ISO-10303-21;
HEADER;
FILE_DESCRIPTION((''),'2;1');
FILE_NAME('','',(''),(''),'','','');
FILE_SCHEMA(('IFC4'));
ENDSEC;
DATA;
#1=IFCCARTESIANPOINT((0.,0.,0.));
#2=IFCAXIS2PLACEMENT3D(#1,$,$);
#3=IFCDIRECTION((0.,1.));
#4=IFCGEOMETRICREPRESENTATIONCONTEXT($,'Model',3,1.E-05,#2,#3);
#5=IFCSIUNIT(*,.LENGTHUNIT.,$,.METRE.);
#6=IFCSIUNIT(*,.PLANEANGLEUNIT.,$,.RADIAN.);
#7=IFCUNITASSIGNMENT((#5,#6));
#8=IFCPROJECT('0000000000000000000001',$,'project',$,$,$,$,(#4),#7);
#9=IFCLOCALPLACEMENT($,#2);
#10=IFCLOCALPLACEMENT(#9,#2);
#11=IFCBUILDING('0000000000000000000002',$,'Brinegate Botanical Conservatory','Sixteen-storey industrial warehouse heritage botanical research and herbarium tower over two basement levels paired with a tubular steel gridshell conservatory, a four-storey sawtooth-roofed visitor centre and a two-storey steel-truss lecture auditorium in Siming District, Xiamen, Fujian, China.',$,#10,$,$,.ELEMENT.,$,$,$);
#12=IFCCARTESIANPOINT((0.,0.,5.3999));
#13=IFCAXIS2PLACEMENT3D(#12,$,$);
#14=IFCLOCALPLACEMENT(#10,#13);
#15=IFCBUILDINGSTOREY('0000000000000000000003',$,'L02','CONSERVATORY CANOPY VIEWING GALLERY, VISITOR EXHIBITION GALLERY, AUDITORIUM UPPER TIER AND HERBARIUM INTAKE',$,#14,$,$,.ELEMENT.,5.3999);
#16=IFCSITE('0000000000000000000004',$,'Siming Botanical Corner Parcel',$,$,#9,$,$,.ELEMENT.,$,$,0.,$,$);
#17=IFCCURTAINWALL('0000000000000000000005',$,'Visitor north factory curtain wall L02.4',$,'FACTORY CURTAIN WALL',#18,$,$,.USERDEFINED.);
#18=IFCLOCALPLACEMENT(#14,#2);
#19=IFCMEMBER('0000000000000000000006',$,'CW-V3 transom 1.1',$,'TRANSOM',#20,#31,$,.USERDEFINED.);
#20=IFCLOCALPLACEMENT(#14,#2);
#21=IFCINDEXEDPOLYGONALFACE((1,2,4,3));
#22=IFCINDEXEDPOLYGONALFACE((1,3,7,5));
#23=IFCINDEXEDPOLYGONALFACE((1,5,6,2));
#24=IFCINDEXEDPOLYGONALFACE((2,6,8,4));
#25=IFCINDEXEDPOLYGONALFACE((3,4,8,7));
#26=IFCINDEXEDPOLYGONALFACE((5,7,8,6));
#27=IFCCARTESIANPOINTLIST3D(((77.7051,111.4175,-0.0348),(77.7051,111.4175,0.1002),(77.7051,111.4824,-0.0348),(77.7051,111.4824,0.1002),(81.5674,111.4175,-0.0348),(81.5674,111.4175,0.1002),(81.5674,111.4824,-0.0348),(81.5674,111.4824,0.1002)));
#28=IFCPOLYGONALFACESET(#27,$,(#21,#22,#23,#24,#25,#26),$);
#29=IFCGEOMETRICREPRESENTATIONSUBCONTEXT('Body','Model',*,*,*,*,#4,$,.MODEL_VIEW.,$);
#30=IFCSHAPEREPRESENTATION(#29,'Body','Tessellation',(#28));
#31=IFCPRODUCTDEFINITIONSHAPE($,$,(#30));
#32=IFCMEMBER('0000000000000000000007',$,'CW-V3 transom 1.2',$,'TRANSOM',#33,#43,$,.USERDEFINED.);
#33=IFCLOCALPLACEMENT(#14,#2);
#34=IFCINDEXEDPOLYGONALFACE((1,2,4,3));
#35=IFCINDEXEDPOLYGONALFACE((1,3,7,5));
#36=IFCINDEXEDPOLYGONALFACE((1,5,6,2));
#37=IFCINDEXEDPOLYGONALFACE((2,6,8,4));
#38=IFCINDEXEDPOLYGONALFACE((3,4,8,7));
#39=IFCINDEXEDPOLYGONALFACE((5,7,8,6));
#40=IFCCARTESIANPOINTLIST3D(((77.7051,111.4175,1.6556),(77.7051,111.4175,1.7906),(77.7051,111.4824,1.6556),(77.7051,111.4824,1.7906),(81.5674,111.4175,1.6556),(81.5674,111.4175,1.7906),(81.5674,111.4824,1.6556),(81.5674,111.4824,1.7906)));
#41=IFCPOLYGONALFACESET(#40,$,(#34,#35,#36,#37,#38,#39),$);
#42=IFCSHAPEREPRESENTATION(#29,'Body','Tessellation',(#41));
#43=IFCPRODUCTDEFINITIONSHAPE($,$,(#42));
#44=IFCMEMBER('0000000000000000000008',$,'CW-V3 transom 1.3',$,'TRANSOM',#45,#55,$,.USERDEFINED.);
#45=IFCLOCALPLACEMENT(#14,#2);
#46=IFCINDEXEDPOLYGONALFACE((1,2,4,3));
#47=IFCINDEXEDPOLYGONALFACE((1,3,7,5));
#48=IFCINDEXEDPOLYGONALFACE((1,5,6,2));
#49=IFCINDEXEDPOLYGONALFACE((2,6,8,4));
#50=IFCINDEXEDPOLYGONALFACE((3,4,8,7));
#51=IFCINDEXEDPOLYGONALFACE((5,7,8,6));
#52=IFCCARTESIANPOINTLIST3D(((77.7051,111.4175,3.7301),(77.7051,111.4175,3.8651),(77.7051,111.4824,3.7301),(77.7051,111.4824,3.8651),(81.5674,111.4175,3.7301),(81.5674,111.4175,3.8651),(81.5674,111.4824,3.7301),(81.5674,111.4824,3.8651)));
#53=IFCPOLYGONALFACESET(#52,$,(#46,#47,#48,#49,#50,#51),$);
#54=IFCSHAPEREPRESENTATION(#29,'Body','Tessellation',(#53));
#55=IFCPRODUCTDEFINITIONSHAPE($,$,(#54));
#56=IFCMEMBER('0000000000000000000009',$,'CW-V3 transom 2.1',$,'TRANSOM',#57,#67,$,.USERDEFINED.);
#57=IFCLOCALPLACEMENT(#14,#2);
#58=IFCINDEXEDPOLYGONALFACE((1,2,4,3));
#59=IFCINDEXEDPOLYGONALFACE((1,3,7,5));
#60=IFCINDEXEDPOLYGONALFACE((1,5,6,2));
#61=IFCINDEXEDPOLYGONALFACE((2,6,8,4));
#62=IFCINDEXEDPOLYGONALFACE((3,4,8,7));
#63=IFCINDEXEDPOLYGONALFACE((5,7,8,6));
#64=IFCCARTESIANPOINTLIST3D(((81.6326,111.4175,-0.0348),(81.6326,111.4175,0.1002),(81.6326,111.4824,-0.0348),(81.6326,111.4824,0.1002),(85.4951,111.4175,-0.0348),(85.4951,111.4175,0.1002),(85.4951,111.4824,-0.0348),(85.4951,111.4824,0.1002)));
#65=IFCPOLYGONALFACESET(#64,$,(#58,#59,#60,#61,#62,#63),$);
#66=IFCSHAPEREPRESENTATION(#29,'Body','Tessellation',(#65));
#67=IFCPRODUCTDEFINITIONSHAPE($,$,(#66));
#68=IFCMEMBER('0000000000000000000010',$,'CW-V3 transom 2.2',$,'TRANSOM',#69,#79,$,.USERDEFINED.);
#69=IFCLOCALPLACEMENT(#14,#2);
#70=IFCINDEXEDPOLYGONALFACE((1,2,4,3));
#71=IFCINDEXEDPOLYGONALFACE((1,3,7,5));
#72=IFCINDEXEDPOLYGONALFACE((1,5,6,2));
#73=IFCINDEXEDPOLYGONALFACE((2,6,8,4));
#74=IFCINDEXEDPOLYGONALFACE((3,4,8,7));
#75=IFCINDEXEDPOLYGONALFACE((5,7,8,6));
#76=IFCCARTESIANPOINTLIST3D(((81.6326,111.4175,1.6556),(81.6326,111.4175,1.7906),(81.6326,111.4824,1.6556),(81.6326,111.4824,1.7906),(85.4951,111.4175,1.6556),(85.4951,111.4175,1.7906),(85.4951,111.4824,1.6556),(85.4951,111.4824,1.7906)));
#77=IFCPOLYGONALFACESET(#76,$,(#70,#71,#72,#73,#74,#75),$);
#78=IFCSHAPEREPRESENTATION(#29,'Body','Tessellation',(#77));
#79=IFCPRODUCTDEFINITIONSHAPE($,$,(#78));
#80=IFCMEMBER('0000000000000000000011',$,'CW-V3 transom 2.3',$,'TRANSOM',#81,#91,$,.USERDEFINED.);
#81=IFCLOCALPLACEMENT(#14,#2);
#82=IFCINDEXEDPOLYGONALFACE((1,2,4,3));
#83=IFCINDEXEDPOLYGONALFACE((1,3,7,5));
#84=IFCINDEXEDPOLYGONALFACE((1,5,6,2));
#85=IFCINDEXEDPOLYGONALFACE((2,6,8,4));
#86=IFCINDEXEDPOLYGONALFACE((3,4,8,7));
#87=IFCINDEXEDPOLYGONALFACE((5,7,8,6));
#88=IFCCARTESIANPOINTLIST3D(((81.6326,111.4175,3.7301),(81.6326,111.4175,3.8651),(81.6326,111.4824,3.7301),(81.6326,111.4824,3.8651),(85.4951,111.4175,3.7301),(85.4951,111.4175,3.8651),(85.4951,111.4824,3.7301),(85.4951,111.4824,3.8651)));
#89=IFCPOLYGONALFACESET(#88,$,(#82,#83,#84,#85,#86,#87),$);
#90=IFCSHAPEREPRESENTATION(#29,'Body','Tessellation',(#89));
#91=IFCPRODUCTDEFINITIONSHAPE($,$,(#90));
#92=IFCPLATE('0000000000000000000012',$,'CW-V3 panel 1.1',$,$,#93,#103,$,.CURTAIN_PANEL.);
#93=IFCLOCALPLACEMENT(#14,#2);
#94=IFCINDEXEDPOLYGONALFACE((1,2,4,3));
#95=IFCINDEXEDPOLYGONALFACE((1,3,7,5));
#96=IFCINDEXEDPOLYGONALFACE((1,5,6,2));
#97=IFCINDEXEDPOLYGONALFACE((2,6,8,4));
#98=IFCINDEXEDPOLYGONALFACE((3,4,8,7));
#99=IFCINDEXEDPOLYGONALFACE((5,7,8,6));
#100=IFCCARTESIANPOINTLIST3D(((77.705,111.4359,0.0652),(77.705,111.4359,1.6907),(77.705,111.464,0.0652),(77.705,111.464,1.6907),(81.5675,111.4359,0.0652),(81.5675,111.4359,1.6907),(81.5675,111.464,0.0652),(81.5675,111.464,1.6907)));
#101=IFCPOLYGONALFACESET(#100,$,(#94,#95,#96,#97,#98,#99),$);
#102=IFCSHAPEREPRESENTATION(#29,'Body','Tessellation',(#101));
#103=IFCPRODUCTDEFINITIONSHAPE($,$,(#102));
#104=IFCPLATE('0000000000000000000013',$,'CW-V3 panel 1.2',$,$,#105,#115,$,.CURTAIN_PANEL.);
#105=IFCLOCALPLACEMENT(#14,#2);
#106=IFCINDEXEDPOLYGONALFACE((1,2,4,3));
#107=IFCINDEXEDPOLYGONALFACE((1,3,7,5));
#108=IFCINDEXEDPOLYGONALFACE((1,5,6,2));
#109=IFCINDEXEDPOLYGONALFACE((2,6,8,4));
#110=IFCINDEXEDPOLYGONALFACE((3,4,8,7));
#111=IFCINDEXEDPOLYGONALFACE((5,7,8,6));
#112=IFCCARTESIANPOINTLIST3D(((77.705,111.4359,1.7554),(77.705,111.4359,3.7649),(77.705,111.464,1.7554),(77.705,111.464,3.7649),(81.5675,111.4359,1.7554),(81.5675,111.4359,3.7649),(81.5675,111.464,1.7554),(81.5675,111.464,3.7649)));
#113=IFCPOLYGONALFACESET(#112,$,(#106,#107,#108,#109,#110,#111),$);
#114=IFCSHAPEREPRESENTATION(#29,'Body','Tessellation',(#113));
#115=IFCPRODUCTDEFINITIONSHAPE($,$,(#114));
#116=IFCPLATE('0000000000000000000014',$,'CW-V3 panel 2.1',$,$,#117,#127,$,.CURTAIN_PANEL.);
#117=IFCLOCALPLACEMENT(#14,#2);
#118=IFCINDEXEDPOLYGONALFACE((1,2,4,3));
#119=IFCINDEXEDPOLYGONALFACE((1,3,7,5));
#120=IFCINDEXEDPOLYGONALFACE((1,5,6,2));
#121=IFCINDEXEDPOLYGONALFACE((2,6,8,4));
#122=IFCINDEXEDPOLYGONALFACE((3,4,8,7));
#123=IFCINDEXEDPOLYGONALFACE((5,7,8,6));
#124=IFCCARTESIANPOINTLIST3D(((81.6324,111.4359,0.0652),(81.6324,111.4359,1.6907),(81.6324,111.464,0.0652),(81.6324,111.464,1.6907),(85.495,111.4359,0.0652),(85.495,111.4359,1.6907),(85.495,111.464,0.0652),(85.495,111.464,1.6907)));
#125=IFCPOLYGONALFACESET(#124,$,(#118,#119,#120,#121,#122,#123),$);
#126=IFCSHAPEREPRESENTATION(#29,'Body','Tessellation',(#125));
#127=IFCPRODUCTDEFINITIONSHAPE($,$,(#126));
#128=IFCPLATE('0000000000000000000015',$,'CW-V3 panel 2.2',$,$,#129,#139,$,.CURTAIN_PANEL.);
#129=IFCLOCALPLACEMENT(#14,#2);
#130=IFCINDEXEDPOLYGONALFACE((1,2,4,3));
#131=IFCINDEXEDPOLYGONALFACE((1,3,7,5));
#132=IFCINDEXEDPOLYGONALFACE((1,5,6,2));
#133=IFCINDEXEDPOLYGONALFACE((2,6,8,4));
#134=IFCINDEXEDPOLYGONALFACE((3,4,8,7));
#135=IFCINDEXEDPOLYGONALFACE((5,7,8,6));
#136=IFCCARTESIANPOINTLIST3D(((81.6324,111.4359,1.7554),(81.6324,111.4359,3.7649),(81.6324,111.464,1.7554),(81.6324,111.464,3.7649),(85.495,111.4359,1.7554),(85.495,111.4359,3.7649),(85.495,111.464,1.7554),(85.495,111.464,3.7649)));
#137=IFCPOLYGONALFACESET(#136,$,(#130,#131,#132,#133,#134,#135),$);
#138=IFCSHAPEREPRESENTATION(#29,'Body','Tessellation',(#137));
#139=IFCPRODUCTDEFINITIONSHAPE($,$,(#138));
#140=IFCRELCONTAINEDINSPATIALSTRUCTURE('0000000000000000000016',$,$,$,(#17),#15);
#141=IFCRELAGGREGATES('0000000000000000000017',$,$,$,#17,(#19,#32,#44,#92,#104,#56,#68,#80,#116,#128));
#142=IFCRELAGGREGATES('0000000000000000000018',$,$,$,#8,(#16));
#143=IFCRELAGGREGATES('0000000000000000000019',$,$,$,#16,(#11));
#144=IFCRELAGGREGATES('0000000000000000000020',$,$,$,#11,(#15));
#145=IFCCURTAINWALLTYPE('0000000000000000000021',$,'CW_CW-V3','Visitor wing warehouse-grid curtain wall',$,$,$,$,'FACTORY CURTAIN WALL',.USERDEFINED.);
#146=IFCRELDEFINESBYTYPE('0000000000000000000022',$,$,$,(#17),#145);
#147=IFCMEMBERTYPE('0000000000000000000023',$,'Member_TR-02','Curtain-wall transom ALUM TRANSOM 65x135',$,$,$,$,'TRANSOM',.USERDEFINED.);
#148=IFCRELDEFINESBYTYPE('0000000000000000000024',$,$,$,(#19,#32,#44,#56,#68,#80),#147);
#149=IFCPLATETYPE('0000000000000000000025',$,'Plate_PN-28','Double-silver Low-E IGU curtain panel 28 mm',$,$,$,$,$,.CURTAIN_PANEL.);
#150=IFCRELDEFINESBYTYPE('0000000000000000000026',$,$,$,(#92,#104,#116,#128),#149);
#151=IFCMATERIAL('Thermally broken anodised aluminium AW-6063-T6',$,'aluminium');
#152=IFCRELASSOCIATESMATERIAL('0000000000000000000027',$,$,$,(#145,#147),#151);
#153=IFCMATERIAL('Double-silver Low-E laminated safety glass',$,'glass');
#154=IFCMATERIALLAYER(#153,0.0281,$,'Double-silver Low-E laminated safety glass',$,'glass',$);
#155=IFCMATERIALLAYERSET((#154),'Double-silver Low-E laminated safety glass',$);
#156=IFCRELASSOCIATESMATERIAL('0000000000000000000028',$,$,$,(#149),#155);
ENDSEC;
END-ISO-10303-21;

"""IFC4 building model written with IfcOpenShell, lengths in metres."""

from ifc_helpers import new_model, si_unit, direction, frame, origin, origin_2d, place, context, subcontext, project, spatial, rectangle, extrude, material, layer, layer_set, material_profile, profile_set, type_object, element, aggregate, save


model = new_model("IFC4")

# Units and contexts
model_context = context("Model", 3, precision=1e-05, world=origin(), true_north=direction((0.0, 1.0)))
body_context = subcontext(model_context, "Body", "Model", "MODEL_VIEW")
ifc_project = project(units=[si_unit("LENGTHUNIT", "METRE"), si_unit("PLANEANGLEUNIT", "RADIAN")], contexts=[model_context])

# Site, building, storey
site_placement = place(None, origin())
site = spatial("IfcSite", under=ifc_project, at=site_placement, Name="Siming Botanical Corner Parcel", CompositionType="ELEMENT", RefElevation=0.0)
building_placement = place(site_placement, origin())
building = spatial("IfcBuilding", under=site, at=building_placement, Name="Brinegate Botanical Conservatory", Description="Sixteen-storey industrial warehouse heritage botanical research and herbarium tower over two basement levels paired with a tubular steel gridshell conservatory, a four-storey sawtooth-roofed visitor centre and a two-storey steel-truss lecture auditorium in Siming District, Xiamen, Fujian, China.", CompositionType="ELEMENT")
storey_placement = place(building_placement, frame((0.0, 0.0, 5.3999)))
storey = spatial("IfcBuildingStorey", under=building, at=storey_placement, Name="L02", Description="CONSERVATORY CANOPY VIEWING GALLERY, VISITOR EXHIBITION GALLERY, AUDITORIUM UPPER TIER AND HERBARIUM INTAKE", CompositionType="ELEMENT", Elevation=5.3999)

# Curtain wall, members, plates
ifc_material_1 = material(Name="Thermally broken anodised aluminium AW-6063-T6", Category="aluminium")
curtain_wall_type = type_object("IfcCurtainWallType", Name="CW_CW-V3", Description="Visitor wing warehouse-grid curtain wall", ElementType="FACTORY CURTAIN WALL", PredefinedType="USERDEFINED", material=ifc_material_1)
curtain_wall_placement = place(storey_placement, origin())
curtain_wall = element("IfcCurtainWall", 1, at=curtain_wall_placement, inside=storey, type_object=curtain_wall_type, Name="Visitor north factory curtain wall L02.4", ObjectType="FACTORY CURTAIN WALL", PredefinedType="USERDEFINED")
ifc_material_profile_1 = material_profile(ifc_material_1, rectangle(XDim=0.0649, YDim=0.135, at=origin_2d()), Name="ALUM TRANSOM 65x135")
ifc_profile_set_1 = profile_set([ifc_material_profile_1], Name="Thermally broken anodised aluminium AW-6063-T6")
member_type_1 = type_object("IfcMemberType", Name="Member_TR-02", Description="Curtain-wall transom ALUM TRANSOM 65x135", ElementType="TRANSOM", PredefinedType="USERDEFINED", material=ifc_profile_set_1)
member_1_placement = place(storey_placement, frame((77.7051, 111.45, 0.0327), z_axis=(1.0, 0.0, 0.0), x_axis=(0.0, 1.0, 0.0)))
member_1 = element("IfcMember", 2, at=member_1_placement, type_object=member_type_1, Name="CW-V3 transom 1.1", ObjectType="TRANSOM", PredefinedType="USERDEFINED", context=body_context, shape_type="SweptSolid", body=[
    extrude(rectangle(XDim=0.0649, YDim=0.135, at=origin_2d()), origin(), (0.0, 0.0, 1.0), 3.8623),
])
member_2_placement = place(storey_placement, frame((77.7051, 111.45, 1.7231), z_axis=(1.0, 0.0, 0.0), x_axis=(0.0, 1.0, 0.0)))
member_2 = element("IfcMember", 3, at=member_2_placement, type_object=member_type_1, Name="CW-V3 transom 1.2", ObjectType="TRANSOM", PredefinedType="USERDEFINED", context=body_context, shape_type="SweptSolid", body=[
    extrude(rectangle(XDim=0.0649, YDim=0.135, at=origin_2d()), origin(), (0.0, 0.0, 1.0), 3.8623),
])
member_3_placement = place(storey_placement, frame((77.7051, 111.45, 3.7976), z_axis=(1.0, 0.0, 0.0), x_axis=(0.0, 1.0, 0.0)))
member_3 = element("IfcMember", 4, at=member_3_placement, type_object=member_type_1, Name="CW-V3 transom 1.3", ObjectType="TRANSOM", PredefinedType="USERDEFINED", context=body_context, shape_type="SweptSolid", body=[
    extrude(rectangle(XDim=0.0649, YDim=0.135, at=origin_2d()), origin(), (0.0, 0.0, 1.0), 3.8623),
])
member_4_placement = place(storey_placement, frame((81.6326, 111.45, 0.0327), z_axis=(1.0, 0.0, 0.0), x_axis=(0.0, 1.0, 0.0)))
member_4 = element("IfcMember", 5, at=member_4_placement, type_object=member_type_1, Name="CW-V3 transom 2.1", ObjectType="TRANSOM", PredefinedType="USERDEFINED", context=body_context, shape_type="SweptSolid", body=[
    extrude(rectangle(XDim=0.0649, YDim=0.135, at=origin_2d()), origin(), (0.0, 0.0, 1.0), 3.8625),
])
member_5_placement = place(storey_placement, frame((81.6326, 111.45, 1.7231), z_axis=(1.0, 0.0, 0.0), x_axis=(0.0, 1.0, 0.0)))
member_5 = element("IfcMember", 6, at=member_5_placement, type_object=member_type_1, Name="CW-V3 transom 2.2", ObjectType="TRANSOM", PredefinedType="USERDEFINED", context=body_context, shape_type="SweptSolid", body=[
    extrude(rectangle(XDim=0.0649, YDim=0.135, at=origin_2d()), origin(), (0.0, 0.0, 1.0), 3.8625),
])
member_6_placement = place(storey_placement, frame((81.6326, 111.45, 3.7976), z_axis=(1.0, 0.0, 0.0), x_axis=(0.0, 1.0, 0.0)))
member_6 = element("IfcMember", 7, at=member_6_placement, type_object=member_type_1, Name="CW-V3 transom 2.3", ObjectType="TRANSOM", PredefinedType="USERDEFINED", context=body_context, shape_type="SweptSolid", body=[
    extrude(rectangle(XDim=0.0649, YDim=0.135, at=origin_2d()), origin(), (0.0, 0.0, 1.0), 3.8625),
])
ifc_material_2 = material(Name="Double-silver Low-E laminated safety glass", Category="glass")
ifc_layer = layer(ifc_material_2, 0.0281, Name="Double-silver Low-E laminated safety glass", Category="glass")
ifc_layer_set = layer_set([ifc_layer], Name="Double-silver Low-E laminated safety glass")
plate_type = type_object("IfcPlateType", Name="Plate_PN-28", Description="Double-silver Low-E IGU curtain panel 28 mm", PredefinedType="CURTAIN_PANEL", material=ifc_layer_set)
plate_1_placement = place(storey_placement, frame((79.6362, 111.45, 0.0652), z_axis=(0.0, 0.0, 1.0), x_axis=(1.0, 0.0, 0.0)))
plate_1 = element("IfcPlate", 8, at=plate_1_placement, type_object=plate_type, Name="CW-V3 panel 1.1", PredefinedType="CURTAIN_PANEL", context=body_context, shape_type="SweptSolid", body=[
    extrude(rectangle(XDim=3.8625, YDim=0.0281, at=origin_2d()), origin(), (0.0, 0.0, 1.0), 1.6255),
])
plate_2_placement = place(storey_placement, frame((79.6362, 111.45, 1.7554), z_axis=(0.0, 0.0, 1.0), x_axis=(1.0, 0.0, 0.0)))
plate_2 = element("IfcPlate", 9, at=plate_2_placement, type_object=plate_type, Name="CW-V3 panel 1.2", PredefinedType="CURTAIN_PANEL", context=body_context, shape_type="SweptSolid", body=[
    extrude(rectangle(XDim=3.8625, YDim=0.0281, at=origin_2d()), origin(), (0.0, 0.0, 1.0), 2.0095),
])
plate_3_placement = place(storey_placement, frame((83.5637, 111.45, 0.0652), z_axis=(0.0, 0.0, 1.0), x_axis=(1.0, 0.0, 0.0)))
plate_3 = element("IfcPlate", 10, at=plate_3_placement, type_object=plate_type, Name="CW-V3 panel 2.1", PredefinedType="CURTAIN_PANEL", context=body_context, shape_type="SweptSolid", body=[
    extrude(rectangle(XDim=3.8625, YDim=0.0281, at=origin_2d()), origin(), (0.0, 0.0, 1.0), 1.6255),
])
plate_4_placement = place(storey_placement, frame((83.5637, 111.45, 1.7554), z_axis=(0.0, 0.0, 1.0), x_axis=(1.0, 0.0, 0.0)))
plate_4 = element("IfcPlate", 11, at=plate_4_placement, type_object=plate_type, Name="CW-V3 panel 2.2", PredefinedType="CURTAIN_PANEL", context=body_context, shape_type="SweptSolid", body=[
    extrude(rectangle(XDim=3.8625, YDim=0.0281, at=origin_2d()), origin(), (0.0, 0.0, 1.0), 2.0095),
])
aggregate(curtain_wall, [member_1, member_2, member_3, plate_1, plate_2, member_4, member_5, member_6, plate_3, plate_4])

save(model, "model.ifc")
